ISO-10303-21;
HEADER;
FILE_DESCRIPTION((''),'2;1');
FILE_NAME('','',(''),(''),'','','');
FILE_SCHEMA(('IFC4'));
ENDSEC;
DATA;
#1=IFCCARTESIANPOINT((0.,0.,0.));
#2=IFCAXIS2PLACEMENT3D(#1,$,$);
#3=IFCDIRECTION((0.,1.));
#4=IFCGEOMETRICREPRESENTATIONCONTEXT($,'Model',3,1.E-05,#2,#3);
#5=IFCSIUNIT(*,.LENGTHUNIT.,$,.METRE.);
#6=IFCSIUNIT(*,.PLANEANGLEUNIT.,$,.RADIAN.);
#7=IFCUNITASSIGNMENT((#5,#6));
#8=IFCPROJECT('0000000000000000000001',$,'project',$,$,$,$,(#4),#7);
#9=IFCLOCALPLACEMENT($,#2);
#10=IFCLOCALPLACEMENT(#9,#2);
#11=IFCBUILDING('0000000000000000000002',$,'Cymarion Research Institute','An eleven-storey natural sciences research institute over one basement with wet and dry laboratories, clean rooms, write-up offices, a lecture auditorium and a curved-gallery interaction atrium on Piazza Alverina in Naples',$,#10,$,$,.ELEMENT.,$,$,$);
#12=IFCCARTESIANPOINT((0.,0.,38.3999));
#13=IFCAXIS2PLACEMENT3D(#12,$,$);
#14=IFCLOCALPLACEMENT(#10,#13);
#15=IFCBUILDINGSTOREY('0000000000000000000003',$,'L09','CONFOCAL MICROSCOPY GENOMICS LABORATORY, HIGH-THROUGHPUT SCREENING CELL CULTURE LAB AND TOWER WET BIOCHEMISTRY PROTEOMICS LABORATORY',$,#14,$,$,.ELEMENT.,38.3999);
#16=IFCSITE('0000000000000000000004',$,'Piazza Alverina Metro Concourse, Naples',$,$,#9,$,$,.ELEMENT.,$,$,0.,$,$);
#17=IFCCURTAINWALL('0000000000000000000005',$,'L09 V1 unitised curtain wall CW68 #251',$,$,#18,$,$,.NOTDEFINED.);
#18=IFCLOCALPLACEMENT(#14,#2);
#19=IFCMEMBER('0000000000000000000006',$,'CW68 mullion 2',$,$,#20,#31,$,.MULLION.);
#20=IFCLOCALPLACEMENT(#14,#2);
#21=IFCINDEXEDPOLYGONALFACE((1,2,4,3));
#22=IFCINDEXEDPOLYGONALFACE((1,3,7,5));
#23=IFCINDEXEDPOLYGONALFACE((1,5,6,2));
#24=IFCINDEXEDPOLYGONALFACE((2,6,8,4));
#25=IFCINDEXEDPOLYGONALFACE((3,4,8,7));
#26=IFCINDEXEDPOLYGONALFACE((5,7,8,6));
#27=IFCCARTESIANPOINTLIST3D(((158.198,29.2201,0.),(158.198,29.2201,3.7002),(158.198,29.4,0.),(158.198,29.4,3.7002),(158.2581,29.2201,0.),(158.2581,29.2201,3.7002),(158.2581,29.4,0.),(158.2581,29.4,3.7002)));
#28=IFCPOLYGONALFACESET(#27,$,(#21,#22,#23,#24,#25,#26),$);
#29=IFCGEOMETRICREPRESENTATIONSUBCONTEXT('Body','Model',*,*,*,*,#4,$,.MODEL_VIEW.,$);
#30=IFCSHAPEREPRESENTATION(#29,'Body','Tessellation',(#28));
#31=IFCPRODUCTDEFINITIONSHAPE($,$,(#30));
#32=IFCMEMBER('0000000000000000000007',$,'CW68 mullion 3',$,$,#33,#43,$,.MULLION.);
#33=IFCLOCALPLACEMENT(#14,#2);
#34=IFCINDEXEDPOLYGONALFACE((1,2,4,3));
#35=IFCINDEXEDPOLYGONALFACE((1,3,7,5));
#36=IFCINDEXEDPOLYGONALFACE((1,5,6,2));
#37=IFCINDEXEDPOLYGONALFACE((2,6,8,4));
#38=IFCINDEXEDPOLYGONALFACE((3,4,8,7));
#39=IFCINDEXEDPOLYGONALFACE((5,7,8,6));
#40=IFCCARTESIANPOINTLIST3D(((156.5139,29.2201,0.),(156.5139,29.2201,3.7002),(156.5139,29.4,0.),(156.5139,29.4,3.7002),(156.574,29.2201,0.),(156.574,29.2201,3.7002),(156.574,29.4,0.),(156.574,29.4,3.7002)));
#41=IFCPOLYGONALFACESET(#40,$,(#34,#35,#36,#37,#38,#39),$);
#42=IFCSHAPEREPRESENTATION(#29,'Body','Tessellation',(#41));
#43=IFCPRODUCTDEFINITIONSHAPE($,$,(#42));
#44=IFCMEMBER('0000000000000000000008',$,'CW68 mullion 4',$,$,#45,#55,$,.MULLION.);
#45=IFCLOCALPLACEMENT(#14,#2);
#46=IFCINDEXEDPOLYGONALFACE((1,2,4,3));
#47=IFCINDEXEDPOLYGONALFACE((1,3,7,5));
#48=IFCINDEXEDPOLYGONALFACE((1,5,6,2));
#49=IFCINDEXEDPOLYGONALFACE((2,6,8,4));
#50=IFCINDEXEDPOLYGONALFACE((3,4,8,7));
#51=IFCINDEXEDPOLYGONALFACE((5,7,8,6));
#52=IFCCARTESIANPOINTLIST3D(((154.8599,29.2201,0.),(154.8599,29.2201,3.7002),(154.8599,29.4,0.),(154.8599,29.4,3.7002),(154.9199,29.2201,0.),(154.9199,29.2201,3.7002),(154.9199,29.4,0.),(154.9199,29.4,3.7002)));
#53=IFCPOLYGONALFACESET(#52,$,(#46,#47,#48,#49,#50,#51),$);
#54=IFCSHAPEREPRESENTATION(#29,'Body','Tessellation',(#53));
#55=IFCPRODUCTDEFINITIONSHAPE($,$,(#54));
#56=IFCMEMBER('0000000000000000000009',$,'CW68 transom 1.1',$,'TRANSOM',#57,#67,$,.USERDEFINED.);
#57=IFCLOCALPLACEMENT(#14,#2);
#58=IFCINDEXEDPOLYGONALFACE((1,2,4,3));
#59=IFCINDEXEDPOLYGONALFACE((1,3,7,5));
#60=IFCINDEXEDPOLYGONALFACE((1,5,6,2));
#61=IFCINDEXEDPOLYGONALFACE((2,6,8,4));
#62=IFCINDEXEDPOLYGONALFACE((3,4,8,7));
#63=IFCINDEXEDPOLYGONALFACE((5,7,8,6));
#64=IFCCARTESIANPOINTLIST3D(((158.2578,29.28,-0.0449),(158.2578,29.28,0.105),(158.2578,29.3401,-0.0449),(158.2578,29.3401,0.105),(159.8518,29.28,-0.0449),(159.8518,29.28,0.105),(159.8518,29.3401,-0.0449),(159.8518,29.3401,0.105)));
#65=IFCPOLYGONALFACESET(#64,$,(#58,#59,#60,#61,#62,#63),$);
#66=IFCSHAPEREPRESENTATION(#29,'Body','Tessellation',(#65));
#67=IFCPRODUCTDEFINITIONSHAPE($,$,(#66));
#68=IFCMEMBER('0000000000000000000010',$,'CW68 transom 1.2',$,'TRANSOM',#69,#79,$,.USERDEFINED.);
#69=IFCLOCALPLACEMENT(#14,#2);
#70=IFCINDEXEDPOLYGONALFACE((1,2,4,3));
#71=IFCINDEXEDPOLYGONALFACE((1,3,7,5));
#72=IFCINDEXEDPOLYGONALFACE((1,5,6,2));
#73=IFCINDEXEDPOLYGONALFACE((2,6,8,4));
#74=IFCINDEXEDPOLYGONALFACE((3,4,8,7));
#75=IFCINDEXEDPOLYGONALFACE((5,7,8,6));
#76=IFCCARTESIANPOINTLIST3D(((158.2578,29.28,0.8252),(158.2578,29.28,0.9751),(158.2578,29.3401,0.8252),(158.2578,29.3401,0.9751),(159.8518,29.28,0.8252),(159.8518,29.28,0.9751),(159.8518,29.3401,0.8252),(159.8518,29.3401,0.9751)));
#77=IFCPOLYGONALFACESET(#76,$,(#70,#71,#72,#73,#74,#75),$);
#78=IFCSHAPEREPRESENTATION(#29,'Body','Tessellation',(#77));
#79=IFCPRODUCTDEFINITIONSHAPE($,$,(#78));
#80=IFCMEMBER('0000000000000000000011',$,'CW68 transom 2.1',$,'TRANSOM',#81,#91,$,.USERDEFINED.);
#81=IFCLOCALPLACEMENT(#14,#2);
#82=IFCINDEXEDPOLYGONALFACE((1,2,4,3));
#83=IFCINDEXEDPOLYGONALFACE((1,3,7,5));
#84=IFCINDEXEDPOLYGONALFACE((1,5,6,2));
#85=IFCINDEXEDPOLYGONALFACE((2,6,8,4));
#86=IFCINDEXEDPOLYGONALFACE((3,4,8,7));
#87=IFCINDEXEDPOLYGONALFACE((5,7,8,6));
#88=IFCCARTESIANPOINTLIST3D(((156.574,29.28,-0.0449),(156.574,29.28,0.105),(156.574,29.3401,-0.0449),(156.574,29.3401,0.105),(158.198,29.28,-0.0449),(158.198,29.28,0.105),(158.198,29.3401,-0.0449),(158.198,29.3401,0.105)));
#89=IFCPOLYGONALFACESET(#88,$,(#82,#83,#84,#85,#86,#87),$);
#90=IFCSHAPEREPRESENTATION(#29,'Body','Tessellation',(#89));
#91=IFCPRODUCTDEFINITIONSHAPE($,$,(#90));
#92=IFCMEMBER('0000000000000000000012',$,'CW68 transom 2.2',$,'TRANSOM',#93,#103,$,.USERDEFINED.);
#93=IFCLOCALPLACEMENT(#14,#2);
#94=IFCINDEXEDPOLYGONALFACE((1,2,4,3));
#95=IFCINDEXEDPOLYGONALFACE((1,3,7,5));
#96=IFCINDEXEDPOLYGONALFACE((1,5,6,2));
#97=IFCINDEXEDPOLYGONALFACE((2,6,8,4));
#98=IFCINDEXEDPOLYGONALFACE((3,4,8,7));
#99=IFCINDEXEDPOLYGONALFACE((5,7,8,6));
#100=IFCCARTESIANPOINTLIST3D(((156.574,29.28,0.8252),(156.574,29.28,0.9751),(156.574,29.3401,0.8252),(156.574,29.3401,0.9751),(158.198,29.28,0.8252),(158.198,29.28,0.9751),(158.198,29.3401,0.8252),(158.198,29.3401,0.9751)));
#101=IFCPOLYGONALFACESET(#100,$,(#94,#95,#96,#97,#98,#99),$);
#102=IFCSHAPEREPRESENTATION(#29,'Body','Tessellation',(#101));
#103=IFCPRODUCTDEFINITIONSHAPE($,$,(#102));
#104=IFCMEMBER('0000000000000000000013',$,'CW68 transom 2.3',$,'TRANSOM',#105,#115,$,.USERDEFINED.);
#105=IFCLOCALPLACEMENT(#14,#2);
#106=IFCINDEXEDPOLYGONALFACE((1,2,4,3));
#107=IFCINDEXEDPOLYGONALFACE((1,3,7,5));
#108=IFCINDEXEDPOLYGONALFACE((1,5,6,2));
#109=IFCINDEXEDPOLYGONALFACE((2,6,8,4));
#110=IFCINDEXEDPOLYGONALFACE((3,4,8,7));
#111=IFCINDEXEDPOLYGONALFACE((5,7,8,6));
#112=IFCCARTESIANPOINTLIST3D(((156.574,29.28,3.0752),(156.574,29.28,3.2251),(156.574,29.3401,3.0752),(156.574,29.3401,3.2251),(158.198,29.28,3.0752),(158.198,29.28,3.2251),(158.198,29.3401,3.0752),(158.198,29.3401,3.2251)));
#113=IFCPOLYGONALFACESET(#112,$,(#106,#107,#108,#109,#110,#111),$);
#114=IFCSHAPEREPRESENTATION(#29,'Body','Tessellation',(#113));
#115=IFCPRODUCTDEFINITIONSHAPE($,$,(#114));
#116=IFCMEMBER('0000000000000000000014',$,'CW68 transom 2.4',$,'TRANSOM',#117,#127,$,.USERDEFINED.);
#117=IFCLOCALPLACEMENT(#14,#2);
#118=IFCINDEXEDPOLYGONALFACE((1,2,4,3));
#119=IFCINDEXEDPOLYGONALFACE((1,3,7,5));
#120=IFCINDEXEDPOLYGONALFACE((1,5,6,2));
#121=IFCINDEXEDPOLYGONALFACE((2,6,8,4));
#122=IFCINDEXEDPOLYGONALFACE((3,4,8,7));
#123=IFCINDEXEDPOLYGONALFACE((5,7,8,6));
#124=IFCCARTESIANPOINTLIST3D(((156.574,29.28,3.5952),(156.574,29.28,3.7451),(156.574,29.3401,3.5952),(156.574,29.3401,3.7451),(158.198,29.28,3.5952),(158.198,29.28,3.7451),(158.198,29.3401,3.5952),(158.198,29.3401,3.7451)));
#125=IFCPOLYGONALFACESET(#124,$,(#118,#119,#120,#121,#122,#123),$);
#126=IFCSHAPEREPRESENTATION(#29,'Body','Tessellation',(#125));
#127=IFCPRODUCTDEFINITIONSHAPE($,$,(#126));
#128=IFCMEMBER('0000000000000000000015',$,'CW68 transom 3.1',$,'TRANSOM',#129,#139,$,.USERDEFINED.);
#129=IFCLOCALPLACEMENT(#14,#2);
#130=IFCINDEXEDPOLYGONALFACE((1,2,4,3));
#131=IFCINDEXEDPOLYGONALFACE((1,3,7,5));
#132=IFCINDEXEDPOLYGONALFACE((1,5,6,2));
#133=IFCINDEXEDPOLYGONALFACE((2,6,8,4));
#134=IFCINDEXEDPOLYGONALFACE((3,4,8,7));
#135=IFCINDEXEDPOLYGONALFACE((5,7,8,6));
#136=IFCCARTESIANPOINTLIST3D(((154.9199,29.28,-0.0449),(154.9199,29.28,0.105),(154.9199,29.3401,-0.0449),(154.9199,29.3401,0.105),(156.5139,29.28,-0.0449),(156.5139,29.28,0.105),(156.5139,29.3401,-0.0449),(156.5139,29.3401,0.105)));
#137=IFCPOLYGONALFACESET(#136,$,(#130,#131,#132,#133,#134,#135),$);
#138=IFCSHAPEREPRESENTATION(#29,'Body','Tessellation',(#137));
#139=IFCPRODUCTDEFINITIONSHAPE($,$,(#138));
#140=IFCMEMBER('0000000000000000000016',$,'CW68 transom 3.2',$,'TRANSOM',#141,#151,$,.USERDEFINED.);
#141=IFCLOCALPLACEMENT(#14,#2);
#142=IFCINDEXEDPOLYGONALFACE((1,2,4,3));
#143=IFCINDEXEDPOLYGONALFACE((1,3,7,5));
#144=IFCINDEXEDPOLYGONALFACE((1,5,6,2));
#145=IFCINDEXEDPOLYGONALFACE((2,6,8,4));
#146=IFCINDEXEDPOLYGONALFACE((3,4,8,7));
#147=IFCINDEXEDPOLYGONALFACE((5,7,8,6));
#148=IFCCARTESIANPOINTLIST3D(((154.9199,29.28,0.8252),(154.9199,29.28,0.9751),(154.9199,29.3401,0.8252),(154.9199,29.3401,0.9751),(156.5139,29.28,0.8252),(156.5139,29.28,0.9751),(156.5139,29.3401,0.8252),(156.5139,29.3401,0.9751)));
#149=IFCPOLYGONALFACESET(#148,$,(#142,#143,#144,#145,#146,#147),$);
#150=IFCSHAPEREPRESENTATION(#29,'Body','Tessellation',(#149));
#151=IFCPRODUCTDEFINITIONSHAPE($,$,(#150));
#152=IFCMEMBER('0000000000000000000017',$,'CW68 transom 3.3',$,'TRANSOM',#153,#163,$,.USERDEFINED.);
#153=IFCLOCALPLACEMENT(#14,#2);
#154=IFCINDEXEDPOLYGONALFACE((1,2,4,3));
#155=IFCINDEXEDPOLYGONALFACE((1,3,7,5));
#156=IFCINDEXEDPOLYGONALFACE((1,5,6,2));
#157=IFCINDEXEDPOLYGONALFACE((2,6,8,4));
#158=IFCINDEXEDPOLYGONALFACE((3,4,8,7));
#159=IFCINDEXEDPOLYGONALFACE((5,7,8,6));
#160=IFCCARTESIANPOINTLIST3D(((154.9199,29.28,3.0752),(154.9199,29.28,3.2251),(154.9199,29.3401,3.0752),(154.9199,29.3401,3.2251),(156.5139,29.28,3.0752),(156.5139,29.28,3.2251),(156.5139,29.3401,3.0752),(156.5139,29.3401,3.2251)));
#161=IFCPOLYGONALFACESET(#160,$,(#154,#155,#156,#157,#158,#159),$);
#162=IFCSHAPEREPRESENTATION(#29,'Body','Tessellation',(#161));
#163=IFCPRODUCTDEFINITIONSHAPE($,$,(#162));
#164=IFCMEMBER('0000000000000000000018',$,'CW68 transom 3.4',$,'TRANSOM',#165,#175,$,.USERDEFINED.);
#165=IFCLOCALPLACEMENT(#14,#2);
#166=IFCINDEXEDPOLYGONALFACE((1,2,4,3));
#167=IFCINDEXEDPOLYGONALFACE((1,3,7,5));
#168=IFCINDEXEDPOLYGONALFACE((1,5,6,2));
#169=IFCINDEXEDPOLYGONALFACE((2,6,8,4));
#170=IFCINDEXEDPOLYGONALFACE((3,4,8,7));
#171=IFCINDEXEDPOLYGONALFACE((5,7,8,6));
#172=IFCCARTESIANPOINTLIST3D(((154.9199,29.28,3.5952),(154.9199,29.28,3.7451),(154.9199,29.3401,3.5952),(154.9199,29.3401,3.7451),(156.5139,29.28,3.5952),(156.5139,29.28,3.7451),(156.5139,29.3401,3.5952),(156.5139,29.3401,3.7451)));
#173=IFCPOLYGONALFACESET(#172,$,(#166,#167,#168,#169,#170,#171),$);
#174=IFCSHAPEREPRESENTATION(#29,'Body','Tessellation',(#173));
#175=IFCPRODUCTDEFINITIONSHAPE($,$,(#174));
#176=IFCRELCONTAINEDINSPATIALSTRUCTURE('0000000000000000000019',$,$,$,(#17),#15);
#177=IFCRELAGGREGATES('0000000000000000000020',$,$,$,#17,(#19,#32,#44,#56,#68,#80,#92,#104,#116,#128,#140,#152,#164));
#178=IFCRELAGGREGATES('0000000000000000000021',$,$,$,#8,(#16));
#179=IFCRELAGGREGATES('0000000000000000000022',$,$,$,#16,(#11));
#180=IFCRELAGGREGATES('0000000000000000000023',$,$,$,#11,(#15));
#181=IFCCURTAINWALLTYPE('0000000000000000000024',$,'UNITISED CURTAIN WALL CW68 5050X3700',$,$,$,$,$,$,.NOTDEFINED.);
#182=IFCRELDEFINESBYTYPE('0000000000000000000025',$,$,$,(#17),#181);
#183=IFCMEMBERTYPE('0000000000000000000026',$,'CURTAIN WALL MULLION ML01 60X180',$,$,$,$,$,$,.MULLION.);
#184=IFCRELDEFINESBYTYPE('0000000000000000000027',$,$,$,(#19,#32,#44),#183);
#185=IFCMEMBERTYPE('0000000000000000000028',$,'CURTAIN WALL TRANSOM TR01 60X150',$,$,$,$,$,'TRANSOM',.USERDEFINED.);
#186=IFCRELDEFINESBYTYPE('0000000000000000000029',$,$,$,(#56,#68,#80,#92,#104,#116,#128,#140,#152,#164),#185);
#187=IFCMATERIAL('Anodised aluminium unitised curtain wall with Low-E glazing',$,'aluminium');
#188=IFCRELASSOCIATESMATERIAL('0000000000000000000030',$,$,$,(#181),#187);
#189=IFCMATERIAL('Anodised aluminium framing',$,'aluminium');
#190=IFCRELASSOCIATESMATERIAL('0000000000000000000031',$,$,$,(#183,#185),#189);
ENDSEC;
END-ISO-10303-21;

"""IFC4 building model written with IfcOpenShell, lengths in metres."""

from ifc_helpers import new_model, si_unit, direction, frame, origin, origin_2d, place, context, subcontext, project, spatial, rectangle, extrude, material, material_profile, profile_set, type_object, element, aggregate, save


model = new_model("IFC4")

# Units and contexts
model_context = context("Model", 3, precision=1e-05, world=origin(), true_north=direction((0.0, 1.0)))
body_context = subcontext(model_context, "Body", "Model", "MODEL_VIEW")
ifc_project = project(units=[si_unit("LENGTHUNIT", "METRE"), si_unit("PLANEANGLEUNIT", "RADIAN")], contexts=[model_context])

# Site, building, storey
site_placement = place(None, origin())
site = spatial("IfcSite", under=ifc_project, at=site_placement, Name="Piazza Alverina Metro Concourse, Naples", CompositionType="ELEMENT", RefElevation=0.0)
building_placement = place(site_placement, origin())
building = spatial("IfcBuilding", under=site, at=building_placement, Name="Cymarion Research Institute", Description="An eleven-storey natural sciences research institute over one basement with wet and dry laboratories, clean rooms, write-up offices, a lecture auditorium and a curved-gallery interaction atrium on Piazza Alverina in Naples", CompositionType="ELEMENT")
storey_placement = place(building_placement, frame((0.0, 0.0, 38.3999)))
storey = spatial("IfcBuildingStorey", under=building, at=storey_placement, Name="L09", Description="CONFOCAL MICROSCOPY GENOMICS LABORATORY, HIGH-THROUGHPUT SCREENING CELL CULTURE LAB AND TOWER WET BIOCHEMISTRY PROTEOMICS LABORATORY", CompositionType="ELEMENT", Elevation=38.3999)

# Curtain wall, members
ifc_material_1 = material(Name="Anodised aluminium unitised curtain wall with Low-E glazing", Category="aluminium")
curtain_wall_type = type_object("IfcCurtainWallType", Name="UNITISED CURTAIN WALL CW68 5050X3700", PredefinedType="NOTDEFINED", material=ifc_material_1)
curtain_wall_placement = place(storey_placement, origin())
curtain_wall = element("IfcCurtainWall", 1, at=curtain_wall_placement, inside=storey, type_object=curtain_wall_type, Name="L09 V1 unitised curtain wall CW68 #251", PredefinedType="NOTDEFINED")
ifc_material_2 = material(Name="Anodised aluminium framing", Category="aluminium")
ifc_material_profile_1 = material_profile(ifc_material_2, rectangle(XDim=0.0601, YDim=0.1799, at=origin_2d()), Name="ALU MULLION 60x180")
ifc_profile_set_1 = profile_set([ifc_material_profile_1], Name="Anodised aluminium framing")
member_type_1 = type_object("IfcMemberType", Name="CURTAIN WALL MULLION ML01 60X180", PredefinedType="MULLION", material=ifc_profile_set_1)
member_1_placement = place(storey_placement, frame((158.228, 29.3101, 0.0), z_axis=(0.0, 0.0, 1.0), x_axis=(-1.0, 0.0, 0.0)))
member_1 = element("IfcMember", 2, at=member_1_placement, type_object=member_type_1, Name="CW68 mullion 2", PredefinedType="MULLION", context=body_context, shape_type="SweptSolid", body=[
    extrude(rectangle(XDim=0.0601, YDim=0.1799, at=origin_2d()), origin(), (0.0, 0.0, 1.0), 3.7002),
])
member_2_placement = place(storey_placement, frame((156.5439, 29.3101, 0.0), z_axis=(0.0, 0.0, 1.0), x_axis=(-1.0, 0.0, 0.0)))
member_2 = element("IfcMember", 3, at=member_2_placement, type_object=member_type_1, Name="CW68 mullion 3", PredefinedType="MULLION", context=body_context, shape_type="SweptSolid", body=[
    extrude(rectangle(XDim=0.0601, YDim=0.1799, at=origin_2d()), origin(), (0.0, 0.0, 1.0), 3.7002),
])
member_3_placement = place(storey_placement, frame((154.8899, 29.3101, 0.0), z_axis=(0.0, 0.0, 1.0), x_axis=(-1.0, 0.0, 0.0)))
member_3 = element("IfcMember", 4, at=member_3_placement, type_object=member_type_1, Name="CW68 mullion 4", PredefinedType="MULLION", context=body_context, shape_type="SweptSolid", body=[
    extrude(rectangle(XDim=0.0601, YDim=0.1799, at=origin_2d()), origin(), (0.0, 0.0, 1.0), 3.7002),
])
ifc_material_profile_2 = material_profile(ifc_material_2, rectangle(XDim=0.0601, YDim=0.1499, at=origin_2d()), Name="ALU TRANSOM 60x150")
ifc_profile_set_2 = profile_set([ifc_material_profile_2], Name="Anodised aluminium framing")
member_type_2 = type_object("IfcMemberType", Name="CURTAIN WALL TRANSOM TR01 60X150", ElementType="TRANSOM", PredefinedType="USERDEFINED", material=ifc_profile_set_2)
member_4_placement = place(storey_placement, frame((159.8518, 29.3101, 0.03), z_axis=(-1.0, 0.0, 0.0), x_axis=(0.0, -1.0, 0.0)))
member_4 = element("IfcMember", 5, at=member_4_placement, type_object=member_type_2, Name="CW68 transom 1.1", ObjectType="TRANSOM", PredefinedType="USERDEFINED", context=body_context, shape_type="SweptSolid", body=[
    extrude(rectangle(XDim=0.0601, YDim=0.1499, at=origin_2d()), origin(), (0.0, 0.0, 1.0), 1.594),
])
member_5_placement = place(storey_placement, frame((159.8518, 29.3101, 0.9001), z_axis=(-1.0, 0.0, 0.0), x_axis=(0.0, -1.0, 0.0)))
member_5 = element("IfcMember", 6, at=member_5_placement, type_object=member_type_2, Name="CW68 transom 1.2", ObjectType="TRANSOM", PredefinedType="USERDEFINED", context=body_context, shape_type="SweptSolid", body=[
    extrude(rectangle(XDim=0.0601, YDim=0.1499, at=origin_2d()), origin(), (0.0, 0.0, 1.0), 1.594),
])
member_6_placement = place(storey_placement, frame((158.198, 29.3101, 0.03), z_axis=(-1.0, 0.0, 0.0), x_axis=(0.0, -1.0, 0.0)))
member_6 = element("IfcMember", 7, at=member_6_placement, type_object=member_type_2, Name="CW68 transom 2.1", ObjectType="TRANSOM", PredefinedType="USERDEFINED", context=body_context, shape_type="SweptSolid", body=[
    extrude(rectangle(XDim=0.0601, YDim=0.1499, at=origin_2d()), origin(), (0.0, 0.0, 1.0), 1.624),
])
member_7_placement = place(storey_placement, frame((158.198, 29.3101, 0.9001), z_axis=(-1.0, 0.0, 0.0), x_axis=(0.0, -1.0, 0.0)))
member_7 = element("IfcMember", 8, at=member_7_placement, type_object=member_type_2, Name="CW68 transom 2.2", ObjectType="TRANSOM", PredefinedType="USERDEFINED", context=body_context, shape_type="SweptSolid", body=[
    extrude(rectangle(XDim=0.0601, YDim=0.1499, at=origin_2d()), origin(), (0.0, 0.0, 1.0), 1.624),
])
member_8_placement = place(storey_placement, frame((158.198, 29.3101, 3.1501), z_axis=(-1.0, 0.0, 0.0), x_axis=(0.0, -1.0, 0.0)))
member_8 = element("IfcMember", 9, at=member_8_placement, type_object=member_type_2, Name="CW68 transom 2.3", ObjectType="TRANSOM", PredefinedType="USERDEFINED", context=body_context, shape_type="SweptSolid", body=[
    extrude(rectangle(XDim=0.0601, YDim=0.1499, at=origin_2d()), origin(), (0.0, 0.0, 1.0), 1.624),
])
member_9_placement = place(storey_placement, frame((158.198, 29.3101, 3.6702), z_axis=(-1.0, 0.0, 0.0), x_axis=(0.0, -1.0, 0.0)))
member_9 = element("IfcMember", 10, at=member_9_placement, type_object=member_type_2, Name="CW68 transom 2.4", ObjectType="TRANSOM", PredefinedType="USERDEFINED", context=body_context, shape_type="SweptSolid", body=[
    extrude(rectangle(XDim=0.0601, YDim=0.1499, at=origin_2d()), origin(), (0.0, 0.0, 1.0), 1.624),
])
member_10_placement = place(storey_placement, frame((156.5139, 29.3101, 0.03), z_axis=(-1.0, 0.0, 0.0), x_axis=(0.0, -1.0, 0.0)))
member_10 = element("IfcMember", 11, at=member_10_placement, type_object=member_type_2, Name="CW68 transom 3.1", ObjectType="TRANSOM", PredefinedType="USERDEFINED", context=body_context, shape_type="SweptSolid", body=[
    extrude(rectangle(XDim=0.0601, YDim=0.1499, at=origin_2d()), origin(), (0.0, 0.0, 1.0), 1.594),
])
member_11_placement = place(storey_placement, frame((156.5139, 29.3101, 0.9001), z_axis=(-1.0, 0.0, 0.0), x_axis=(0.0, -1.0, 0.0)))
member_11 = element("IfcMember", 12, at=member_11_placement, type_object=member_type_2, Name="CW68 transom 3.2", ObjectType="TRANSOM", PredefinedType="USERDEFINED", context=body_context, shape_type="SweptSolid", body=[
    extrude(rectangle(XDim=0.0601, YDim=0.1499, at=origin_2d()), origin(), (0.0, 0.0, 1.0), 1.594),
])
member_12_placement = place(storey_placement, frame((156.5139, 29.3101, 3.1501), z_axis=(-1.0, 0.0, 0.0), x_axis=(0.0, -1.0, 0.0)))
member_12 = element("IfcMember", 13, at=member_12_placement, type_object=member_type_2, Name="CW68 transom 3.3", ObjectType="TRANSOM", PredefinedType="USERDEFINED", context=body_context, shape_type="SweptSolid", body=[
    extrude(rectangle(XDim=0.0601, YDim=0.1499, at=origin_2d()), origin(), (0.0, 0.0, 1.0), 1.594),
])
member_13_placement = place(storey_placement, frame((156.5139, 29.3101, 3.6702), z_axis=(-1.0, 0.0, 0.0), x_axis=(0.0, -1.0, 0.0)))
member_13 = element("IfcMember", 14, at=member_13_placement, type_object=member_type_2, Name="CW68 transom 3.4", ObjectType="TRANSOM", PredefinedType="USERDEFINED", context=body_context, shape_type="SweptSolid", body=[
    extrude(rectangle(XDim=0.0601, YDim=0.1499, at=origin_2d()), origin(), (0.0, 0.0, 1.0), 1.594),
])

aggregate(curtain_wall, [member_1, member_2, member_3, member_4, member_5, member_6, member_7, member_8, member_9, member_10, member_11, member_12, member_13])

save(model, "model.ifc")
